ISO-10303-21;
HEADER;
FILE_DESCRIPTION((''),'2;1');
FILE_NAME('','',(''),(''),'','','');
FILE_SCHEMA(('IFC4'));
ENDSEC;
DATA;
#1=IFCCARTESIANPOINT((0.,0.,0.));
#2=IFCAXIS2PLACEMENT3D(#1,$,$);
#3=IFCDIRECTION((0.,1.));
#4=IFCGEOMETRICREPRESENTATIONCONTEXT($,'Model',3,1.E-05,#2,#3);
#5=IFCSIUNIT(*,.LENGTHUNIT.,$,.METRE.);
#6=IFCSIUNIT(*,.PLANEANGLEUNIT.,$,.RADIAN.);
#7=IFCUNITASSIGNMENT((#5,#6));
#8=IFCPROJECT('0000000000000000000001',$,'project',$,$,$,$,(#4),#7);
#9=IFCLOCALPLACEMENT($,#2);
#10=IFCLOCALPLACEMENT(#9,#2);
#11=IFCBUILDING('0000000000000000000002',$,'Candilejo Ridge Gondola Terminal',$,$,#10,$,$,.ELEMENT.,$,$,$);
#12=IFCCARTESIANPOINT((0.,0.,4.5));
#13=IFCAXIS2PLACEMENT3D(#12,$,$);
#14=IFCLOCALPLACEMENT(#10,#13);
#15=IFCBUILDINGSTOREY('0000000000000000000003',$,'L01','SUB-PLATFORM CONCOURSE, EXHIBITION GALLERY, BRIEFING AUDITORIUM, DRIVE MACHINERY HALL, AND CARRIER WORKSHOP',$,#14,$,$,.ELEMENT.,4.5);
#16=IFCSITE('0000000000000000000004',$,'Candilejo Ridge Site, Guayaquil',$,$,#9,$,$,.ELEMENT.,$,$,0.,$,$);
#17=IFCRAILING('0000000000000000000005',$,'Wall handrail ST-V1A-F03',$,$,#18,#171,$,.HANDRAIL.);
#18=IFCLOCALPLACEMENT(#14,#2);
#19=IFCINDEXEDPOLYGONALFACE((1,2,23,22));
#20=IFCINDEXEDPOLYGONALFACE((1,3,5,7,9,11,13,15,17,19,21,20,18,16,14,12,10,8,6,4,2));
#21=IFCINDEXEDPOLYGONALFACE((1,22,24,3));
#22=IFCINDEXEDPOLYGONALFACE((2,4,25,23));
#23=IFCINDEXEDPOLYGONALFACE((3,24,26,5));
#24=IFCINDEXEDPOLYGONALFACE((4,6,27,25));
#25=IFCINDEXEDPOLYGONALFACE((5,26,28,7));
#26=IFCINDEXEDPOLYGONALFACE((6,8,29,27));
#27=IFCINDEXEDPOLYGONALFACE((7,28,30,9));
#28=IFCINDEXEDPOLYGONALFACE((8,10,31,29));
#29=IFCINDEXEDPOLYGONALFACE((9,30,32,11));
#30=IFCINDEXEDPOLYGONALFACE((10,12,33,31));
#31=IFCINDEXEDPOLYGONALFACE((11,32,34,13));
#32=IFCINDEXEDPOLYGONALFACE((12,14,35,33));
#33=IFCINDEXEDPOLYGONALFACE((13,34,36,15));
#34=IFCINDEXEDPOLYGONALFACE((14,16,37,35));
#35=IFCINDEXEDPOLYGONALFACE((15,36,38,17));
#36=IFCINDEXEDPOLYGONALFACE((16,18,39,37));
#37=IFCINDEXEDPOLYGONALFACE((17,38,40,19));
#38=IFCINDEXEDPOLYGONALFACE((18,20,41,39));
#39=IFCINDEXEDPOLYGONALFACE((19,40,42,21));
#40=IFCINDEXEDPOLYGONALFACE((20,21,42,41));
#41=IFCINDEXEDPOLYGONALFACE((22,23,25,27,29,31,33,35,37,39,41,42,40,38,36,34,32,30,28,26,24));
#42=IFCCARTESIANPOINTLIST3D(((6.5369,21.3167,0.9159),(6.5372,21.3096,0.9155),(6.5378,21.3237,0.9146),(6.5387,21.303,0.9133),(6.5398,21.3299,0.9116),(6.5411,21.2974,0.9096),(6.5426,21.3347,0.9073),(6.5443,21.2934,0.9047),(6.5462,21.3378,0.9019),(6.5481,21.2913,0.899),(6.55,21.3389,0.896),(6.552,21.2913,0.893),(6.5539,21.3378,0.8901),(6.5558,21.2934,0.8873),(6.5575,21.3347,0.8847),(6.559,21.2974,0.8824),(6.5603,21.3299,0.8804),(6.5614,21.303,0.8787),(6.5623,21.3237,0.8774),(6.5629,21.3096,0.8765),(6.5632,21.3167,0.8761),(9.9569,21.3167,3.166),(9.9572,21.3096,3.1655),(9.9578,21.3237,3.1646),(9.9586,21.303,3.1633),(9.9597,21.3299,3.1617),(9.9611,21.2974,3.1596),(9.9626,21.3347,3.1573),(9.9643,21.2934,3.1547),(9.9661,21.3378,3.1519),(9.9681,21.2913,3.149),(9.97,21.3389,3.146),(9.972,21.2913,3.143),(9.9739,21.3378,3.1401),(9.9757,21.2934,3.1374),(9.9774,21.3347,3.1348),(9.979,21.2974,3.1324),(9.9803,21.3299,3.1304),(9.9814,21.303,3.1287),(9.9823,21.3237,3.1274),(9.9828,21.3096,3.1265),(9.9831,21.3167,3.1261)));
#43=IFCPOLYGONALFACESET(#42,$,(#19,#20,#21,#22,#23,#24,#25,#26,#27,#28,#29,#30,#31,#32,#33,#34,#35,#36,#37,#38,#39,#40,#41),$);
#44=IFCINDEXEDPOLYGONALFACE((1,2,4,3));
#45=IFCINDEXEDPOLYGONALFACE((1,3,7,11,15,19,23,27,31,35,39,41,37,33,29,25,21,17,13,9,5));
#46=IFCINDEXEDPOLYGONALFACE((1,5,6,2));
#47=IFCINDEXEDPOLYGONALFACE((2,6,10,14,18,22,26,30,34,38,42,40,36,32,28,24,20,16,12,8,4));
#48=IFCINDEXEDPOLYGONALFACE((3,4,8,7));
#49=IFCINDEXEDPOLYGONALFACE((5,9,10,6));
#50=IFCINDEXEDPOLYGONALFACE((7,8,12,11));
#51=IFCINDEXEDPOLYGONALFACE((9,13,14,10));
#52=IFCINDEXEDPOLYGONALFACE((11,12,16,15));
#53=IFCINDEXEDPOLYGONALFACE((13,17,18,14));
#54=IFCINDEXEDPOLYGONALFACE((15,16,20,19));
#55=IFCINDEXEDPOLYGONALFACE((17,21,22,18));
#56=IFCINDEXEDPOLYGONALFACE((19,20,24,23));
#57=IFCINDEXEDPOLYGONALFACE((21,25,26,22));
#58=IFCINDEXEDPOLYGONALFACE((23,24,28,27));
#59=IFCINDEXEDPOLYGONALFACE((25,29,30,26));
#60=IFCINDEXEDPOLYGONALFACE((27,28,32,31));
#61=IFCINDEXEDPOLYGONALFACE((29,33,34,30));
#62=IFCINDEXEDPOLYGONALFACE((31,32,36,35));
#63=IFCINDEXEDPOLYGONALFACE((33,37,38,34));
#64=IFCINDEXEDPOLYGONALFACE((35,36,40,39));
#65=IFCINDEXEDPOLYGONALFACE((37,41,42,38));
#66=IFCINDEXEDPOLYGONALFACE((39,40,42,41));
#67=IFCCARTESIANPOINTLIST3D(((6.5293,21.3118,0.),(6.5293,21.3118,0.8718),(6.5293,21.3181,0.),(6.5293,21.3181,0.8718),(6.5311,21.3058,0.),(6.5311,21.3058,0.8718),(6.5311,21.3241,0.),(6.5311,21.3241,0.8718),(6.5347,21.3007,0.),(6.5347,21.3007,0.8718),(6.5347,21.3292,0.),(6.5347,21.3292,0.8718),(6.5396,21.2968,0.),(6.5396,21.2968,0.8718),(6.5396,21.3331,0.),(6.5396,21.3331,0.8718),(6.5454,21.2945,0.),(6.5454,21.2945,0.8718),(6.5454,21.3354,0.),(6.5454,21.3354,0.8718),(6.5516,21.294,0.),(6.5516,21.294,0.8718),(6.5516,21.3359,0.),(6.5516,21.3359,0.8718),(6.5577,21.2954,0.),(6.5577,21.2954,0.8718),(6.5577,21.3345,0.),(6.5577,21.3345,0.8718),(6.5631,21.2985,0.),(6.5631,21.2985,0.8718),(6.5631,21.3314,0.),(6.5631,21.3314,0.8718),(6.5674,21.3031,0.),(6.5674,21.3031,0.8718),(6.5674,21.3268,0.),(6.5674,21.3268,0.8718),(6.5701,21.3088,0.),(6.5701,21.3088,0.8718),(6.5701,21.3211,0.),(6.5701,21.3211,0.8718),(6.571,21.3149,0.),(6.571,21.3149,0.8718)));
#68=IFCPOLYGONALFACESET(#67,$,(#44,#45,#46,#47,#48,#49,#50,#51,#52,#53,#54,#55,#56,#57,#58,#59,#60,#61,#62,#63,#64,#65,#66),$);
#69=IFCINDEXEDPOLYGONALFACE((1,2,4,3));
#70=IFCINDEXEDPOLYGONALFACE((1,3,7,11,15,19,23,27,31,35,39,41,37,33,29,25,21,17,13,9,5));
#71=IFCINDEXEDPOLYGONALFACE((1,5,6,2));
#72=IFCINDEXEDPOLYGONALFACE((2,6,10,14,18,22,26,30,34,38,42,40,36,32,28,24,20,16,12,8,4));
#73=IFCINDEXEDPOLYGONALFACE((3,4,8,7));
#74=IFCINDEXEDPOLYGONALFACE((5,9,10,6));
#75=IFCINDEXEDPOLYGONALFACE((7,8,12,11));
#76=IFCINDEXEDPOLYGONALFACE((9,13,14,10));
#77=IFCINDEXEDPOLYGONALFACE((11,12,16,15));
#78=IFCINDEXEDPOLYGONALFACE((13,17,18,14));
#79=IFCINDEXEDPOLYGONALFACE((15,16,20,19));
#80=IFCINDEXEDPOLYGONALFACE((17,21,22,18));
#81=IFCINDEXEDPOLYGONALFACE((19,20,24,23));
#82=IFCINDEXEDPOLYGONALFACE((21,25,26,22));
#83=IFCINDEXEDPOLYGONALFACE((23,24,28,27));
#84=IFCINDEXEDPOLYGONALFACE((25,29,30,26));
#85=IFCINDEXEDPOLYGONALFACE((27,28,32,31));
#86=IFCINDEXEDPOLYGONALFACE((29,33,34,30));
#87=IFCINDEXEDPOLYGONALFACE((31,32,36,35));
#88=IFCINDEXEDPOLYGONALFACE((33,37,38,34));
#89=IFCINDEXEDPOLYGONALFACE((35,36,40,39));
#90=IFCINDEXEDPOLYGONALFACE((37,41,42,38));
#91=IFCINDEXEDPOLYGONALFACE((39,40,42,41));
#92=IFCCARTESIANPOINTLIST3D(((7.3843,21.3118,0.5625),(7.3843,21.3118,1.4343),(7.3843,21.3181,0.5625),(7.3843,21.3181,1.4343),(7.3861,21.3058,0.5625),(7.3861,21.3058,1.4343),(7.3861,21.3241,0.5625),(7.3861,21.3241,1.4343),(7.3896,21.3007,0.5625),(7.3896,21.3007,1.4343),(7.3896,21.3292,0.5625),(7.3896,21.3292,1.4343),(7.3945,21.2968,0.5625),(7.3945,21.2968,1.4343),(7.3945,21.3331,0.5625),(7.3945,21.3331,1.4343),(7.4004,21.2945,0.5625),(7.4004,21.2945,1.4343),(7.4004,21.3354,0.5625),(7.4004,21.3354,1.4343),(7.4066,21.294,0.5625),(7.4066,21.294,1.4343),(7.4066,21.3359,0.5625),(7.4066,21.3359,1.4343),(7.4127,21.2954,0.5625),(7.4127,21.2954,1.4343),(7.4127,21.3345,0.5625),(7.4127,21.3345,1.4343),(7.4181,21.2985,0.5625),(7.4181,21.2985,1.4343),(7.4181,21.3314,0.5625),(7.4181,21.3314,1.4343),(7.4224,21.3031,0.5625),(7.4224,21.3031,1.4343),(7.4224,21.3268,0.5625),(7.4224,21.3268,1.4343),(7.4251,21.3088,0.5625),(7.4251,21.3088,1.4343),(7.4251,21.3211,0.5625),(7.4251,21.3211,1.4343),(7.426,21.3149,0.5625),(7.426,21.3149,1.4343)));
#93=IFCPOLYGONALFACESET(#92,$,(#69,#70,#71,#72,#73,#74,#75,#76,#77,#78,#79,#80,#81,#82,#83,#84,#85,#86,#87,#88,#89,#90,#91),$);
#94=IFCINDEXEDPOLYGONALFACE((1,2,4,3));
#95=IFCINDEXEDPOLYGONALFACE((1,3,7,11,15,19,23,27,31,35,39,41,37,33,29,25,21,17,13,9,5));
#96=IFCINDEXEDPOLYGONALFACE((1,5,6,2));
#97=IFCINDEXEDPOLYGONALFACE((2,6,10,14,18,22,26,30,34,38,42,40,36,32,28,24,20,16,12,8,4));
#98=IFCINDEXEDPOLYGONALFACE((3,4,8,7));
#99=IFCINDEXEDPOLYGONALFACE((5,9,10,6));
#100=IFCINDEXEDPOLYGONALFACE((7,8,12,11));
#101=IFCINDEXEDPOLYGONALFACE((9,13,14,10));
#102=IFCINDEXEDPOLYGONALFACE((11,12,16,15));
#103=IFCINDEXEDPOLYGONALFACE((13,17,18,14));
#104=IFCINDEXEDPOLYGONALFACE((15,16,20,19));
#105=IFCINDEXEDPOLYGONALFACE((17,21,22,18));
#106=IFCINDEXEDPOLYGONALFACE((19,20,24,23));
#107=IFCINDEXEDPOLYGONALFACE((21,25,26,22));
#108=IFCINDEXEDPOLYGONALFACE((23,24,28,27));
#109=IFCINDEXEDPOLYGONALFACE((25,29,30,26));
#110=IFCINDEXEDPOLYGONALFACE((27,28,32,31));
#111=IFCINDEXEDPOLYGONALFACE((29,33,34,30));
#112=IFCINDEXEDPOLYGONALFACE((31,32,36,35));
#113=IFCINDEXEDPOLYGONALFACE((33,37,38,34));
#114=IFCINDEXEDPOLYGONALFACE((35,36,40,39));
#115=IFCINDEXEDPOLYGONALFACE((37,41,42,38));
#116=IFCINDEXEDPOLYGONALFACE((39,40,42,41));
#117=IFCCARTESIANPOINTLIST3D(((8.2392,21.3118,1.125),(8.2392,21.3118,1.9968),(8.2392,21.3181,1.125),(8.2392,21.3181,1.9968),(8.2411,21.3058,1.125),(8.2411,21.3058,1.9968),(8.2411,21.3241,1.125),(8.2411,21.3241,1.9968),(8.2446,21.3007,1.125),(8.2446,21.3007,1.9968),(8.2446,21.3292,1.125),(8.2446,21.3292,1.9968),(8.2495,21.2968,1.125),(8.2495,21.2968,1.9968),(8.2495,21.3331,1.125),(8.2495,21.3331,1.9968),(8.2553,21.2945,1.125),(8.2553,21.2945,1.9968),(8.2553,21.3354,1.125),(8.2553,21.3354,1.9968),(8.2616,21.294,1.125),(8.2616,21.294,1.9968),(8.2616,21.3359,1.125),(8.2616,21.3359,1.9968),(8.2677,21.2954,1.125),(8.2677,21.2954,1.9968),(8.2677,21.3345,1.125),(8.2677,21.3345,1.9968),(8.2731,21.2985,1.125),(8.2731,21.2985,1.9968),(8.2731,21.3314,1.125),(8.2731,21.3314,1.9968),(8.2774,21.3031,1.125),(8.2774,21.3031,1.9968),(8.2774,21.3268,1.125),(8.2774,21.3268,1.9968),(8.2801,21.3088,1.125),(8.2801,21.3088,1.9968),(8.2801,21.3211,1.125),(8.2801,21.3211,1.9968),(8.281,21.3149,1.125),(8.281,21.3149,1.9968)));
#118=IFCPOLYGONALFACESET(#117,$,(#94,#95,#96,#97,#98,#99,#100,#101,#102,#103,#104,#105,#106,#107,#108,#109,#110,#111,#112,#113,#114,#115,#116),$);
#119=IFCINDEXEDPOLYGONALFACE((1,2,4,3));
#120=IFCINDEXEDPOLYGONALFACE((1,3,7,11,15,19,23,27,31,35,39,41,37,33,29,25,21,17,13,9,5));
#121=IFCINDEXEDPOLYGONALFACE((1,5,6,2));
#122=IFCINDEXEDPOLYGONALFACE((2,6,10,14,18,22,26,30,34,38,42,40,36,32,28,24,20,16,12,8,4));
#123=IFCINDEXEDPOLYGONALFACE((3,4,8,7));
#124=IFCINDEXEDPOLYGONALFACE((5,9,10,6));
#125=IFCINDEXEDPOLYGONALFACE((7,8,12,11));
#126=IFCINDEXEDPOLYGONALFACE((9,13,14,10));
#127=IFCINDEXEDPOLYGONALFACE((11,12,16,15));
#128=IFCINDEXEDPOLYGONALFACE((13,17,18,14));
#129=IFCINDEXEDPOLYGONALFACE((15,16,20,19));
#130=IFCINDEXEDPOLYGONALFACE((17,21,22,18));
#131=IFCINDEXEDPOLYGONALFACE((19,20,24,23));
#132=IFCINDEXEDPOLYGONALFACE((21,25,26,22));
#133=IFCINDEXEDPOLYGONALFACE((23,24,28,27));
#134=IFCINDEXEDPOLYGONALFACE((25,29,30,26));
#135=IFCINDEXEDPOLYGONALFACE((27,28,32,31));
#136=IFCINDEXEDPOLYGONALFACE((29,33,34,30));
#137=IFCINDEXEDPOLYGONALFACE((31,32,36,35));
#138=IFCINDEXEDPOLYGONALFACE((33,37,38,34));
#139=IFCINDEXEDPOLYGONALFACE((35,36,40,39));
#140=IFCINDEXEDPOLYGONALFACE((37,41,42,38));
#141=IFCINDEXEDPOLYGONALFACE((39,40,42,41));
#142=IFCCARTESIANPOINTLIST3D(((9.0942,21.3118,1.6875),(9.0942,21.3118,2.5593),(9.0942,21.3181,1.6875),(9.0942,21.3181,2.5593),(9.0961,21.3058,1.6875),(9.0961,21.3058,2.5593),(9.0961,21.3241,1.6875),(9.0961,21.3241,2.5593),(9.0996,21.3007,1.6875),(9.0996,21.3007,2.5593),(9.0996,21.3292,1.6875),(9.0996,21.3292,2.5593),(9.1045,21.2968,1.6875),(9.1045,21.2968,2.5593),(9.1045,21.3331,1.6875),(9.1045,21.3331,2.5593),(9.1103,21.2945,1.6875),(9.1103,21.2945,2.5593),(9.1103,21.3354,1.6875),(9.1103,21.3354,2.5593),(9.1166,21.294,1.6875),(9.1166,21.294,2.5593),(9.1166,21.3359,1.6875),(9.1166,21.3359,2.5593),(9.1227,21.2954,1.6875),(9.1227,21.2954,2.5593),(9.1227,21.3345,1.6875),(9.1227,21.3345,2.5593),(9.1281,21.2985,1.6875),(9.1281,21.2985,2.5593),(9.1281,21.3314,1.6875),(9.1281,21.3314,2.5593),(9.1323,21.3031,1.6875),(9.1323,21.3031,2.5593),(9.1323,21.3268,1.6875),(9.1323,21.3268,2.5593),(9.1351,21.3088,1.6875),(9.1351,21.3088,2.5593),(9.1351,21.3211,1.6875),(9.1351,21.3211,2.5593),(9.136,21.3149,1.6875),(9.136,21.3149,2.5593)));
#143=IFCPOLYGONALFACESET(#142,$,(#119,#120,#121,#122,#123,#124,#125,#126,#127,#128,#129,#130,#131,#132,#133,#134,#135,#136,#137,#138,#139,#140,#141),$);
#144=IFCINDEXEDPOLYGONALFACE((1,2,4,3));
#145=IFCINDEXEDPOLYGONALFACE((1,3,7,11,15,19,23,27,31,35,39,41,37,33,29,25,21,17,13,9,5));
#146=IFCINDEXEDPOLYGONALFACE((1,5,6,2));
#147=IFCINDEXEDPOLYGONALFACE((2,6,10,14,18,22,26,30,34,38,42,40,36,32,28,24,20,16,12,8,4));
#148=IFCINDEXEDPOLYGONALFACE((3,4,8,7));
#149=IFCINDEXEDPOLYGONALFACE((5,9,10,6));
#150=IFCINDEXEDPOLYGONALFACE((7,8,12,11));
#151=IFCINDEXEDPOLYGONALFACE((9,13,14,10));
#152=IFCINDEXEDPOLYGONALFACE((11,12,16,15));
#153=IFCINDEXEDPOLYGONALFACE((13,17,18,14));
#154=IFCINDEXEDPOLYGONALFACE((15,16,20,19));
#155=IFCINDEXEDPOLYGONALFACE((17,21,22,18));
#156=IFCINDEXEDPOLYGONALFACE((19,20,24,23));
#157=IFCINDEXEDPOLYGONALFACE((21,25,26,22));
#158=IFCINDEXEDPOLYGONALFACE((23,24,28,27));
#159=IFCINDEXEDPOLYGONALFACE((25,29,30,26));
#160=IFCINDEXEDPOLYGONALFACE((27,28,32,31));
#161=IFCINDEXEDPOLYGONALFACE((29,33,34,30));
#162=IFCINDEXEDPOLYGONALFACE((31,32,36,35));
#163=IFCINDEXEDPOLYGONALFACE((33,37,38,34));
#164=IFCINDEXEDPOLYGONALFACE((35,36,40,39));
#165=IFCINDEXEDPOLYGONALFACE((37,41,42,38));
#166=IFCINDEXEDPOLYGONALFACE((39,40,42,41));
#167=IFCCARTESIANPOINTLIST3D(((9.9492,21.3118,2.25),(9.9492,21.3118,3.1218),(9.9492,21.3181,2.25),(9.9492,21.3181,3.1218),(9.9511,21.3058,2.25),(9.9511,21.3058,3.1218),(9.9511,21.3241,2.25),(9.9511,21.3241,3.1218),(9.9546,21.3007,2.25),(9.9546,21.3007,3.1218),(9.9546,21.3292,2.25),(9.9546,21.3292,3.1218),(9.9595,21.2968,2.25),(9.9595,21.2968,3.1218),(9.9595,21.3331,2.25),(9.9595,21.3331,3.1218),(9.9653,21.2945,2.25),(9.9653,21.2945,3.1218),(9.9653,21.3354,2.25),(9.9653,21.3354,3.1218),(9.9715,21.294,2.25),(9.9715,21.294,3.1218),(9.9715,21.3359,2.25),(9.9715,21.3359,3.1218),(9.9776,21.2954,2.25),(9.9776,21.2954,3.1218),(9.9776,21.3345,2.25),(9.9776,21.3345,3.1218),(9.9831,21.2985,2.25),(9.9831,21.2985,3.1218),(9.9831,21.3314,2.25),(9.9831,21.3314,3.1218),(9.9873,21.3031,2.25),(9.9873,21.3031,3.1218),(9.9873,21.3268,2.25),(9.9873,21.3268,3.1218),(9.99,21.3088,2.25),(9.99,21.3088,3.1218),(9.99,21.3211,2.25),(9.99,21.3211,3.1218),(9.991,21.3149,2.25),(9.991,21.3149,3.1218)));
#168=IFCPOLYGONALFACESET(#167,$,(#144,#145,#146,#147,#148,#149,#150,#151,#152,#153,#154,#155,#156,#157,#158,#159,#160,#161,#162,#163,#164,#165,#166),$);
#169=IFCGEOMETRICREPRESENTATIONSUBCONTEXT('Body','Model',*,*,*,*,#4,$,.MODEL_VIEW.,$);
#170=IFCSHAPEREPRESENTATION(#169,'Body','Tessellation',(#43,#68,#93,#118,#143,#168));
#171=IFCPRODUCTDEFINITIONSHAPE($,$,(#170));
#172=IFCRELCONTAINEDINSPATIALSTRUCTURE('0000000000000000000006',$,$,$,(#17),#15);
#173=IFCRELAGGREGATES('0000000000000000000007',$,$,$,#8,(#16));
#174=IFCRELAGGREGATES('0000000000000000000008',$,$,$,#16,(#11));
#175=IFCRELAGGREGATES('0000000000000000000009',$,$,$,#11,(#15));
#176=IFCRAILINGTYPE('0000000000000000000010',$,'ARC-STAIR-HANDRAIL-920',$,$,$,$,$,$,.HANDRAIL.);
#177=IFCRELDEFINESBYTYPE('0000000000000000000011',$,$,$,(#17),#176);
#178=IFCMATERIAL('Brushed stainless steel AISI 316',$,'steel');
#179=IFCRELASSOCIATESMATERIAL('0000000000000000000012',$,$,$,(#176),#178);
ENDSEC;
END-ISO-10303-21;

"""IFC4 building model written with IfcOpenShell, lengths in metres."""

from ifc_helpers import new_model, si_unit, direction, frame, origin, origin_2d, place, context, subcontext, project, spatial, circle, extrude, material, type_object, element, save


model = new_model("IFC4")

# Units and contexts
model_context = context("Model", 3, precision=1e-05, world=origin(), true_north=direction((0.0, 1.0)))
body_context = subcontext(model_context, "Body", "Model", "MODEL_VIEW")
ifc_project = project(units=[si_unit("LENGTHUNIT", "METRE"), si_unit("PLANEANGLEUNIT", "RADIAN")], contexts=[model_context])

# Site, building, storey
site_placement = place(None, origin())
site = spatial("IfcSite", under=ifc_project, at=site_placement, Name="Candilejo Ridge Site, Guayaquil", CompositionType="ELEMENT", RefElevation=0.0)
building_placement = place(site_placement, origin())
building = spatial("IfcBuilding", under=site, at=building_placement, Name="Candilejo Ridge Gondola Terminal", CompositionType="ELEMENT")
storey_placement = place(building_placement, frame((0.0, 0.0, 4.5)))
storey = spatial("IfcBuildingStorey", under=building, at=storey_placement, Name="L01", Description="SUB-PLATFORM CONCOURSE, EXHIBITION GALLERY, BRIEFING AUDITORIUM, DRIVE MACHINERY HALL, AND CARRIER WORKSHOP", CompositionType="ELEMENT", Elevation=4.5)

# Railing
ifc_material_1 = material(Name="Brushed stainless steel AISI 316", Category="steel")
railing_type_1 = type_object("IfcRailingType", Name="ARC-STAIR-HANDRAIL-920", PredefinedType="HANDRAIL", material=ifc_material_1)
railing_1_placement = place(storey_placement, frame((6.55, 21.3149, 0.0)))
element("IfcRailing", 1, at=railing_1_placement, inside=storey, type_object=railing_type_1, Name="Wall handrail ST-V1A-F03", PredefinedType="HANDRAIL", context=body_context, shape_type="SweptSolid", body=[
    extrude(circle(Radius=0.0239, at=origin_2d()), frame((0.0, 0.0, 0.896), z_axis=(0.835411, 0.0, 0.549625), x_axis=(0.0, 1.0, 0.0)), (0.0, 0.0, 1.0), 4.0938),
    extrude(circle(Radius=0.021, at=origin_2d()), origin(), (0.0, 0.0, 1.0), 0.8718),
    extrude(circle(Radius=0.021, at=origin_2d()), frame((0.855, 0.0, 0.5625)), (0.0, 0.0, 1.0), 0.8718),
    extrude(circle(Radius=0.021, at=origin_2d()), frame((1.71, 0.0, 1.125)), (0.0, 0.0, 1.0), 0.8718),
    extrude(circle(Radius=0.021, at=origin_2d()), frame((2.5649, 0.0, 1.6875)), (0.0, 0.0, 1.0), 0.8718),
    extrude(circle(Radius=0.021, at=origin_2d()), frame((3.4199, 0.0, 2.25)), (0.0, 0.0, 1.0), 0.8718),
])

save(model, "model.ifc")
